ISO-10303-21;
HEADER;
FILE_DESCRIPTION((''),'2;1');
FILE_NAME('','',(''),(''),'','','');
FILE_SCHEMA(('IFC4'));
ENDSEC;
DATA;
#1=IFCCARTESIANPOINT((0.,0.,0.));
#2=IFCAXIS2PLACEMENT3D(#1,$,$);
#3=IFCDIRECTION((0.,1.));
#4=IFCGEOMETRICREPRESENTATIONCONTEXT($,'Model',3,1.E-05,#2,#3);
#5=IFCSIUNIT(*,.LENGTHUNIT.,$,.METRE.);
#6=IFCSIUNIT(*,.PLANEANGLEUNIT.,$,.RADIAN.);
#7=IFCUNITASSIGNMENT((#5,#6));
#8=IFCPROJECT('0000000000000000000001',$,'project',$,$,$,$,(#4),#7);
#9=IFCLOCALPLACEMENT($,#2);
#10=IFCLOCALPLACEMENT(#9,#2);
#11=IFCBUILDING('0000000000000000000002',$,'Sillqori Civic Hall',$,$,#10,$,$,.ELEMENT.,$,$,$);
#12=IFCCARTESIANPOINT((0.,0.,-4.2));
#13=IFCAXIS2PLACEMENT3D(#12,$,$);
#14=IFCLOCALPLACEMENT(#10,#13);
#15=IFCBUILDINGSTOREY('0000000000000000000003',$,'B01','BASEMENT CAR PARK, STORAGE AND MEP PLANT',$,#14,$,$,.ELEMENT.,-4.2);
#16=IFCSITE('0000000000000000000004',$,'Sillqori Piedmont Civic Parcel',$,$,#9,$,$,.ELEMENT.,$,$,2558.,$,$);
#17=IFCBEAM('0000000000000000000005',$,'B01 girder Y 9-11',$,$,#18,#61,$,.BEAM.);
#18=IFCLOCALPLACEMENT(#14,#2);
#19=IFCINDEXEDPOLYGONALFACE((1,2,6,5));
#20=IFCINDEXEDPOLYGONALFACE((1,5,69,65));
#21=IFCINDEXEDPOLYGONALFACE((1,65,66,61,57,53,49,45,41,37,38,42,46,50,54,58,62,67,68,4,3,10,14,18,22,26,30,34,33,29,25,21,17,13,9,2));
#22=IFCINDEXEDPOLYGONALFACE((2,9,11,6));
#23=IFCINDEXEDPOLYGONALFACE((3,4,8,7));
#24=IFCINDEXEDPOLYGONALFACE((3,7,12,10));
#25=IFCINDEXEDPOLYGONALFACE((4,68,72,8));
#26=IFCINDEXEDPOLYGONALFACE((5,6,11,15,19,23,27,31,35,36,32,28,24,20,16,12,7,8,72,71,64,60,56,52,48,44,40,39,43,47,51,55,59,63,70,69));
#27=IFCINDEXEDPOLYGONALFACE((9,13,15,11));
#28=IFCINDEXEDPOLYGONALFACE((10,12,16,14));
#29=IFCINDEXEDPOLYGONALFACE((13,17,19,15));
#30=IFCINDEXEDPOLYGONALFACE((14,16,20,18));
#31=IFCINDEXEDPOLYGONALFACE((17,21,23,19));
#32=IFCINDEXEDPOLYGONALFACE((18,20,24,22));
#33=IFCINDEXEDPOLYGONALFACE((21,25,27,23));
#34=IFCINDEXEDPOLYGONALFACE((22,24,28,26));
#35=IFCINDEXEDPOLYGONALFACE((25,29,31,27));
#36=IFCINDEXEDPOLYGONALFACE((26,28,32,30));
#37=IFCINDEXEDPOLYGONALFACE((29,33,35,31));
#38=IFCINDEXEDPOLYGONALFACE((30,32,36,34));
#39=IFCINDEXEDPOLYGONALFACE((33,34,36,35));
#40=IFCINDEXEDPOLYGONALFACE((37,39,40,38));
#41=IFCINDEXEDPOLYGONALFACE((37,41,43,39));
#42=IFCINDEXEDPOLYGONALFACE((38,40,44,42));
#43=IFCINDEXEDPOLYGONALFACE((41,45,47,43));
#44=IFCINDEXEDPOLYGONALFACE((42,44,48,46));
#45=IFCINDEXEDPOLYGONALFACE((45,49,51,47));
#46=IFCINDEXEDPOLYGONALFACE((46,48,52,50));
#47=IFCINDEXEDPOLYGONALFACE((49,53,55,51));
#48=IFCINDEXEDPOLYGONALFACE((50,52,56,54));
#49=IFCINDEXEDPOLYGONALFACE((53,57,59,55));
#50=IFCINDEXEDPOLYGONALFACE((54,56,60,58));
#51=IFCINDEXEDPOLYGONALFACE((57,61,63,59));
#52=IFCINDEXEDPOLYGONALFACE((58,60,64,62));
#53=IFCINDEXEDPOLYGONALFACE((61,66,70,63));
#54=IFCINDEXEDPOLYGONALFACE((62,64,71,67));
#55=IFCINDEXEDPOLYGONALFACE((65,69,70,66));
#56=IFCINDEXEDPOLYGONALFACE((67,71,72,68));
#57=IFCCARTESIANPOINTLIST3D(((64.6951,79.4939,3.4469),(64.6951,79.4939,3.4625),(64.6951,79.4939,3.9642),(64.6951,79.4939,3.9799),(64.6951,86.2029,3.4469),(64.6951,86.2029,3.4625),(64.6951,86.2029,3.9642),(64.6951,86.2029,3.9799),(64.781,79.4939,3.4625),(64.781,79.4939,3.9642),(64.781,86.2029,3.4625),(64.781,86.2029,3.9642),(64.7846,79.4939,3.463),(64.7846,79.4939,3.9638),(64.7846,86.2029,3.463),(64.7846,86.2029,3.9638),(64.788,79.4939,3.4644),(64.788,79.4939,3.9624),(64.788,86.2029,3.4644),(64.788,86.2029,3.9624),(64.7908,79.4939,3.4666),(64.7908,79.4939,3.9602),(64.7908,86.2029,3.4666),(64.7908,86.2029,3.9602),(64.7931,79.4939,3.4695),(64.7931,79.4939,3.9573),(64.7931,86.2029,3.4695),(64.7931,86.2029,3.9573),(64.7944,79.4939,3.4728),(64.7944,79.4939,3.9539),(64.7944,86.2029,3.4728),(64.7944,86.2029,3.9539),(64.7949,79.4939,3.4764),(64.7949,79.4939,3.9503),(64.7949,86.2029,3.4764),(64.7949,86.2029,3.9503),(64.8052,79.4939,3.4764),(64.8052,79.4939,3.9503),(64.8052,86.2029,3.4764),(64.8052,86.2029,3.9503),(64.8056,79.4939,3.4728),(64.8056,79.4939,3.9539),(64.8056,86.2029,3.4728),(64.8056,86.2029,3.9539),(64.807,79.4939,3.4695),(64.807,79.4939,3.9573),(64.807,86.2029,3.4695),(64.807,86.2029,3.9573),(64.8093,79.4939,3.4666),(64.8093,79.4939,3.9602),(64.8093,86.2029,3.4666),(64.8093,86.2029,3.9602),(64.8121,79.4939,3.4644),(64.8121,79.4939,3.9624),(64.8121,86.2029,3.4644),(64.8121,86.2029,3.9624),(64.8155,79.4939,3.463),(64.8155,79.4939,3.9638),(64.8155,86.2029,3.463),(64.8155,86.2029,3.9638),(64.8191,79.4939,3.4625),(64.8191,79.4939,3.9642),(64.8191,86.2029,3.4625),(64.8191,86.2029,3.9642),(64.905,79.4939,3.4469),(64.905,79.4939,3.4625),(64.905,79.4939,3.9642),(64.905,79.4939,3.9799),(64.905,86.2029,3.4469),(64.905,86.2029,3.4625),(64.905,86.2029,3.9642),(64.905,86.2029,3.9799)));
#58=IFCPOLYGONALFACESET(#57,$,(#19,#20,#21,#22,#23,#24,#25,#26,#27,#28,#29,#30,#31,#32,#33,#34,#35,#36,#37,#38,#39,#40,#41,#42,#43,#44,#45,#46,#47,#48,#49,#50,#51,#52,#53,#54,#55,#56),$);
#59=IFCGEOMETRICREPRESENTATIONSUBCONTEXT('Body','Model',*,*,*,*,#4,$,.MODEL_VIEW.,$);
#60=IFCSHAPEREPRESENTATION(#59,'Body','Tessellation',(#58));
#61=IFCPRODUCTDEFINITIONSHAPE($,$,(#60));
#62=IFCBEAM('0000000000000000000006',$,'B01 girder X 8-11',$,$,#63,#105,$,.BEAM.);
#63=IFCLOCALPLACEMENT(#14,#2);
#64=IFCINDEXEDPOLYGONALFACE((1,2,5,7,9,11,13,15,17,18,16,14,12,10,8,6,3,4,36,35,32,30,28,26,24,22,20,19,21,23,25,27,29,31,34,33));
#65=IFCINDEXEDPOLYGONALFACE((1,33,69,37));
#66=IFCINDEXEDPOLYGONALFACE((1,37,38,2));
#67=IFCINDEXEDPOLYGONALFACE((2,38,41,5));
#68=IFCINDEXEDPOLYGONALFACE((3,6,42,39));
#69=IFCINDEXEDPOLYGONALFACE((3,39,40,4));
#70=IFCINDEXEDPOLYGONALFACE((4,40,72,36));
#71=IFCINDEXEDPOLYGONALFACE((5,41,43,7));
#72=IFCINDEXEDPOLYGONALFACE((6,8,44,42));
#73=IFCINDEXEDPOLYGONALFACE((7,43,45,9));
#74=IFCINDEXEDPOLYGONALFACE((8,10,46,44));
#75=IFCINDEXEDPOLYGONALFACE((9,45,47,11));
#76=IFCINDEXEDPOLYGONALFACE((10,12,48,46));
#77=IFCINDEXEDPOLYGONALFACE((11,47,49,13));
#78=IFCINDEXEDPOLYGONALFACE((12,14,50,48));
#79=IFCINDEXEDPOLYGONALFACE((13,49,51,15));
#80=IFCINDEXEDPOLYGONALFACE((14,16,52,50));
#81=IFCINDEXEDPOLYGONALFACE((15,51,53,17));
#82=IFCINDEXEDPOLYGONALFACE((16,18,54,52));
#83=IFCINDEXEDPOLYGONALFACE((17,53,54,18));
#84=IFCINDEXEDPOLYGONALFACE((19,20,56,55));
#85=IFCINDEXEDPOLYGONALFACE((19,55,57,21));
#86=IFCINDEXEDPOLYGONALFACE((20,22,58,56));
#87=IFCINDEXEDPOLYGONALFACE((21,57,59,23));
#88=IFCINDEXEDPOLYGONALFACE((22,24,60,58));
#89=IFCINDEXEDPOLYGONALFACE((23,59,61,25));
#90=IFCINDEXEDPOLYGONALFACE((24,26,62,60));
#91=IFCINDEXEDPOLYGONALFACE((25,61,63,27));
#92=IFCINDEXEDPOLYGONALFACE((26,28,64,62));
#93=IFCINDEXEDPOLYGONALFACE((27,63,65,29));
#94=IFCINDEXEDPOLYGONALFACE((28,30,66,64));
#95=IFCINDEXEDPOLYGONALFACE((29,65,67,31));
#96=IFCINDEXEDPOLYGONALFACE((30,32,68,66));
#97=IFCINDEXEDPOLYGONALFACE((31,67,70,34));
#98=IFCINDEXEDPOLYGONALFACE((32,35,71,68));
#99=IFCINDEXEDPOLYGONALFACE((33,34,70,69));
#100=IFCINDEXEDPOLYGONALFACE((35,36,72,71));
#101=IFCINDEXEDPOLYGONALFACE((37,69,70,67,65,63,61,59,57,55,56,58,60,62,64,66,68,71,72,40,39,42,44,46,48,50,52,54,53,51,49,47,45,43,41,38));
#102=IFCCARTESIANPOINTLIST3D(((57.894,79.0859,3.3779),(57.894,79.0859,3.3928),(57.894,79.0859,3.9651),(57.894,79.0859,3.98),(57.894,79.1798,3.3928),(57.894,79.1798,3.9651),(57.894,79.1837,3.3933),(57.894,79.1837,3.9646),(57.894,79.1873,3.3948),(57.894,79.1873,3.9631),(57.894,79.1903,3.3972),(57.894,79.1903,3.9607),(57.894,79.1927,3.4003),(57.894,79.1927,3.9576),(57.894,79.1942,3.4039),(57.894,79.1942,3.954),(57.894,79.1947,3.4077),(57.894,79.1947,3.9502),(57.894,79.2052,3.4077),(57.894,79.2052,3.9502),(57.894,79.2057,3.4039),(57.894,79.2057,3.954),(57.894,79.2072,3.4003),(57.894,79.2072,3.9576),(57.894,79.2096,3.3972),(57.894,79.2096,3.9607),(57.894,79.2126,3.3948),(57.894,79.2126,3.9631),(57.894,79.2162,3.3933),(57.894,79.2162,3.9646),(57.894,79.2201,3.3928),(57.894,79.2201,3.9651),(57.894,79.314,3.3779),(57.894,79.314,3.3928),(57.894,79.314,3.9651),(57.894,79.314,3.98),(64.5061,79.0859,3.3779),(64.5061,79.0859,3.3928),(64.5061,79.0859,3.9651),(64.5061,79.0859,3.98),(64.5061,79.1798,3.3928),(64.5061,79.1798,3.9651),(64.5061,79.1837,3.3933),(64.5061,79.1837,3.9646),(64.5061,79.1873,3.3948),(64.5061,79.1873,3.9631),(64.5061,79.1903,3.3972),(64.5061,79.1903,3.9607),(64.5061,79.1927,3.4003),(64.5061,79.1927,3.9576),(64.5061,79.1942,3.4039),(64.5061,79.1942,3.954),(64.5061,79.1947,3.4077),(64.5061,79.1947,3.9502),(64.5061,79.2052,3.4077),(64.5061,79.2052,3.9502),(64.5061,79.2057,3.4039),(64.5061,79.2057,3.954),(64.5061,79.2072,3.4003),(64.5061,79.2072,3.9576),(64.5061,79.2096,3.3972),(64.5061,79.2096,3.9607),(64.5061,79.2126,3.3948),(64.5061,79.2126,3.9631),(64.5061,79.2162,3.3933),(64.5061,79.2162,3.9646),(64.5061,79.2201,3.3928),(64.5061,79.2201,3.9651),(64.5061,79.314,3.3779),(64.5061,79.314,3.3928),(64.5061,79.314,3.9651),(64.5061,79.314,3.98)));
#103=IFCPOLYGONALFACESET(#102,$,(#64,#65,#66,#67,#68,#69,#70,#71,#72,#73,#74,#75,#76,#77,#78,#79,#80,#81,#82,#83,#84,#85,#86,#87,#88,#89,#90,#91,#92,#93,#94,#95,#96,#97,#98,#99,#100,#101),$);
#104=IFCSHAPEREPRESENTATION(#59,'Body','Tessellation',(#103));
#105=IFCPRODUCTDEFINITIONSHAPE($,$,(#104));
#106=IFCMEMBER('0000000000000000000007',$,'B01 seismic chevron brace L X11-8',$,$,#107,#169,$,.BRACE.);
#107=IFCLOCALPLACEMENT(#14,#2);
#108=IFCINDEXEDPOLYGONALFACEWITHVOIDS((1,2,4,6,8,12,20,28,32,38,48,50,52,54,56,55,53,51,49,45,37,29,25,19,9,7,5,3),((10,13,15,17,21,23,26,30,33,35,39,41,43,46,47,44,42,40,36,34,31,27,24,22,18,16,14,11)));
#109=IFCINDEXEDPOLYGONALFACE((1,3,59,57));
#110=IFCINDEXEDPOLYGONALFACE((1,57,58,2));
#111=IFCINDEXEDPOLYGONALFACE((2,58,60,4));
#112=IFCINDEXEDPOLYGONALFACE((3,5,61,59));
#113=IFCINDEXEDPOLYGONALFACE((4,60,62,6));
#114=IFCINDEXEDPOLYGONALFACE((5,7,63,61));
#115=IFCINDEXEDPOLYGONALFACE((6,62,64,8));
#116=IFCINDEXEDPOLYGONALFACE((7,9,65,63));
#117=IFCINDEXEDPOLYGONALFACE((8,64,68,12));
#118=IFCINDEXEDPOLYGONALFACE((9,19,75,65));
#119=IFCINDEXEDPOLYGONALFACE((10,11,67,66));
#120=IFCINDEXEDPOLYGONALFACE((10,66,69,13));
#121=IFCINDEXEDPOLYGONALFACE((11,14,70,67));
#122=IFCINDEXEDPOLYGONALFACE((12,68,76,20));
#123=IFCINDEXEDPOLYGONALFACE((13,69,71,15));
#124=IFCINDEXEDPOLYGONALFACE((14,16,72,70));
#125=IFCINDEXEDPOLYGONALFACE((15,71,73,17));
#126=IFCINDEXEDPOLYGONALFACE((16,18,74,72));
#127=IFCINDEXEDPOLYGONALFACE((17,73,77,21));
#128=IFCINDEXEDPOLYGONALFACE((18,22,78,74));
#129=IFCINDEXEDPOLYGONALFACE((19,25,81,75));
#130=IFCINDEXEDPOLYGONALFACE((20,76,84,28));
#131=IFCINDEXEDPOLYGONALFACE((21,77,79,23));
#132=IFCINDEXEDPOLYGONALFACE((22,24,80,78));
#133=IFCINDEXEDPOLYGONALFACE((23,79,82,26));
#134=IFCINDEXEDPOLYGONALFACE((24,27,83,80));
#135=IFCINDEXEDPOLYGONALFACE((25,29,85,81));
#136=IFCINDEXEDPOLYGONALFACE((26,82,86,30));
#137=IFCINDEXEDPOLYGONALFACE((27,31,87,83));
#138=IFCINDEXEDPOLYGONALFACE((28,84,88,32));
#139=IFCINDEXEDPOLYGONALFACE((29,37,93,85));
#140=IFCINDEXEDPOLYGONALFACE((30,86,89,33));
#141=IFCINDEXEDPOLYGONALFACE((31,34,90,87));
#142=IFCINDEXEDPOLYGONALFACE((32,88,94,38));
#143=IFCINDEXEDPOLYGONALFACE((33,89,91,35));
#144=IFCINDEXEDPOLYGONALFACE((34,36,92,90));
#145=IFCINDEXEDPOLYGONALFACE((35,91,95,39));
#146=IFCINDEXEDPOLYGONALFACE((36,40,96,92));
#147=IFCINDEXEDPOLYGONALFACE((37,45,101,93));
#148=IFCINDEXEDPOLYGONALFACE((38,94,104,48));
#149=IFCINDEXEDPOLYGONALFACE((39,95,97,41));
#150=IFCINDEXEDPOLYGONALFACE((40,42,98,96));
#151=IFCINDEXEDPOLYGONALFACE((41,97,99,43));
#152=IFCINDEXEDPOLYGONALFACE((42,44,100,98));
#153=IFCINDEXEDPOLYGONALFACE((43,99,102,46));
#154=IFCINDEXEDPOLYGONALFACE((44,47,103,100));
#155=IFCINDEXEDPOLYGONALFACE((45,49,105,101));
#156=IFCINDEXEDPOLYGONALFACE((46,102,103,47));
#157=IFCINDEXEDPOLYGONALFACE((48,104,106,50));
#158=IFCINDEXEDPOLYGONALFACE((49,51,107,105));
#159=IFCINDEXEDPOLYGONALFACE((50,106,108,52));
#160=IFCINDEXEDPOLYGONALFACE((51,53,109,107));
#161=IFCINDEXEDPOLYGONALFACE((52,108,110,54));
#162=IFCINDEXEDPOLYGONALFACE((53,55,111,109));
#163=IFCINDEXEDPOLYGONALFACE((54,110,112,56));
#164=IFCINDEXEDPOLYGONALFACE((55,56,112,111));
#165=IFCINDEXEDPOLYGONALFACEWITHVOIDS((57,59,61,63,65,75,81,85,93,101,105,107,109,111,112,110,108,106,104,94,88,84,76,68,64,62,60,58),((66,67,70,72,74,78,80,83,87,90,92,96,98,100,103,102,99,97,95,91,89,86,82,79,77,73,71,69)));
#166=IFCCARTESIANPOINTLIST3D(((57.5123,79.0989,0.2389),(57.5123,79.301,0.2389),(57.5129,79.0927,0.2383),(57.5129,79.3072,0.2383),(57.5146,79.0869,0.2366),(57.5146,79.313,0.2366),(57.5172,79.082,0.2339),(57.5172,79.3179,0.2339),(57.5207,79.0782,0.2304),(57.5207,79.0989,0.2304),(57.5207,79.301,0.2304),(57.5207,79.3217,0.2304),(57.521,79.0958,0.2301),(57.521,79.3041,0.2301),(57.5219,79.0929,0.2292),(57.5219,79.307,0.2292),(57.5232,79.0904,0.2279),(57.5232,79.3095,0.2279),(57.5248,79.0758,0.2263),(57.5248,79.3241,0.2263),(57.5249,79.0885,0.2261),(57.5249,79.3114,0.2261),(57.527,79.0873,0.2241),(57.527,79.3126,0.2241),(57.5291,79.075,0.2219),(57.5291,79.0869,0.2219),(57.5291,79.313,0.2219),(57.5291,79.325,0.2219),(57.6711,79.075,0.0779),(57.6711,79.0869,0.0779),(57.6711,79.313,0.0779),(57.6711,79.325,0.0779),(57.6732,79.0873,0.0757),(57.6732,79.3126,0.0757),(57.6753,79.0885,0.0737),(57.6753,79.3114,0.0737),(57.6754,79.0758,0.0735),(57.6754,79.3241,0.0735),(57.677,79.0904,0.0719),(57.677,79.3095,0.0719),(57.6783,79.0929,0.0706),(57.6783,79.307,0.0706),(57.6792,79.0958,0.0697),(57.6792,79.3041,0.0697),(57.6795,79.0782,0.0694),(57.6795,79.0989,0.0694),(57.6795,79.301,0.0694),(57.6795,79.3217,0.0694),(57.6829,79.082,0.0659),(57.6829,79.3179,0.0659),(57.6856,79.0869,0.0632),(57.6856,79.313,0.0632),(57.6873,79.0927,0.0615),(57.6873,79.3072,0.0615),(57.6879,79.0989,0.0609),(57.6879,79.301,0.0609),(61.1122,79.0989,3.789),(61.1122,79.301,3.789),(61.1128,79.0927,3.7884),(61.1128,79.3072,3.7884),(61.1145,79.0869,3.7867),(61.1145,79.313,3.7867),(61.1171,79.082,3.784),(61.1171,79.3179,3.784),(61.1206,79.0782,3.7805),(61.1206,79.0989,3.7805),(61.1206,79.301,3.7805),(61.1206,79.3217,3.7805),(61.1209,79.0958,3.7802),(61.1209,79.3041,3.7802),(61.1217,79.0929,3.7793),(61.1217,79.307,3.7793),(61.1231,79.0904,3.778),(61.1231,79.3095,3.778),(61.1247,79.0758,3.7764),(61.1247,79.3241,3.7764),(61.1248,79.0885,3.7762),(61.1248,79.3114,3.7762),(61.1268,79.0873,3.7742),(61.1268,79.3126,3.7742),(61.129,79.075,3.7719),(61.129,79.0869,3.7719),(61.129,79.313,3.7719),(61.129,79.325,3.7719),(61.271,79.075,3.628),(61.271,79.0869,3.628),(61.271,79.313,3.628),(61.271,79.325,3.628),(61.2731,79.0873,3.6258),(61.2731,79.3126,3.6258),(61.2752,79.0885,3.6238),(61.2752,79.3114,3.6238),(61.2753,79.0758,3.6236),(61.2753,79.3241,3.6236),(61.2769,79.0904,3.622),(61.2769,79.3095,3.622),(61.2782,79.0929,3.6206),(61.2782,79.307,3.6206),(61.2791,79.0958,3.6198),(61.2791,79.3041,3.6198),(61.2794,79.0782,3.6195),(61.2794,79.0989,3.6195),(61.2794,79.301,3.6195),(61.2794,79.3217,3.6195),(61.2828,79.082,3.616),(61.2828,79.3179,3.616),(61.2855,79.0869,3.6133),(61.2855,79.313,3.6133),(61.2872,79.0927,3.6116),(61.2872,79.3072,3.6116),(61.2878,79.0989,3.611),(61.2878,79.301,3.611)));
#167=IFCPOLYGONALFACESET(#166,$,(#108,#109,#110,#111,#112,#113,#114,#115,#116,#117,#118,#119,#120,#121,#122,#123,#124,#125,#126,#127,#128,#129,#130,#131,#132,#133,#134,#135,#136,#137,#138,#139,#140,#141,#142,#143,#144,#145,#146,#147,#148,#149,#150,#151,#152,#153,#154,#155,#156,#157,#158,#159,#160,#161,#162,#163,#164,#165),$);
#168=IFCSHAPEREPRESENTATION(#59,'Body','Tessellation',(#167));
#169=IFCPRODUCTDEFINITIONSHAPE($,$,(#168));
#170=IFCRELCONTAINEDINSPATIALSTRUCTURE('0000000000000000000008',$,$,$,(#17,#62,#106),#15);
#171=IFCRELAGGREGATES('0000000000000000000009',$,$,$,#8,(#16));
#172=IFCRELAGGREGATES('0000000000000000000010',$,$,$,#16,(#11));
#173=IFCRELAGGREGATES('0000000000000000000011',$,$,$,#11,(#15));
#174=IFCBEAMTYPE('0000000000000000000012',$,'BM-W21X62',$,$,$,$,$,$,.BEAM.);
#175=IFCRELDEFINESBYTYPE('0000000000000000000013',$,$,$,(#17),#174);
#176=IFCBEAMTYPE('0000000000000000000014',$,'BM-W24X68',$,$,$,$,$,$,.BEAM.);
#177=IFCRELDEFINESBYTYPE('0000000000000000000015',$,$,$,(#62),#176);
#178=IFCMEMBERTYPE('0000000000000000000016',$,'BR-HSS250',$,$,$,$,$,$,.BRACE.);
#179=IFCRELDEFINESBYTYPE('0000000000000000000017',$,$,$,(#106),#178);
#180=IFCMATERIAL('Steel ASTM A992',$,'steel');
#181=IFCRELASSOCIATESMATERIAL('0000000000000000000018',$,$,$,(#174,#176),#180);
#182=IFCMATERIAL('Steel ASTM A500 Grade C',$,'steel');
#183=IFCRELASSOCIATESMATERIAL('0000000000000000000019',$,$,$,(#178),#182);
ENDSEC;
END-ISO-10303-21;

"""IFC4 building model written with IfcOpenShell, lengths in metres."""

from ifc_helpers import new_model, si_unit, direction, frame, origin, origin_2d, place, context, subcontext, project, spatial, hollow_rectangle, i_section, extrude, material, material_profile, profile_set, type_object, element, save


model = new_model("IFC4")

# Units and contexts
model_context = context("Model", 3, precision=1e-05, world=origin(), true_north=direction((0.0, 1.0)))
body_context = subcontext(model_context, "Body", "Model", "MODEL_VIEW")
ifc_project = project(units=[si_unit("LENGTHUNIT", "METRE"), si_unit("PLANEANGLEUNIT", "RADIAN")], contexts=[model_context])

# Site, building, storey
site_placement = place(None, origin())
site = spatial("IfcSite", under=ifc_project, at=site_placement, Name="Sillqori Piedmont Civic Parcel", CompositionType="ELEMENT", RefElevation=2558.0)
building_placement = place(site_placement, origin())
building = spatial("IfcBuilding", under=site, at=building_placement, Name="Sillqori Civic Hall", CompositionType="ELEMENT")
storey_placement = place(building_placement, frame((0.0, 0.0, -4.2)))
storey = spatial("IfcBuildingStorey", under=building, at=storey_placement, Name="B01", Description="BASEMENT CAR PARK, STORAGE AND MEP PLANT", CompositionType="ELEMENT", Elevation=-4.2)

# Beams
ifc_material_1 = material(Name="Steel ASTM A992", Category="steel")
ifc_material_profile_1 = material_profile(ifc_material_1, i_section(OverallWidth=0.21, OverallDepth=0.533, WebThickness=0.0103, FlangeThickness=0.0156, FilletRadius=0.0139, at=origin_2d()), Name="W21X62")
ifc_profile_set_1 = profile_set([ifc_material_profile_1], Name="Steel ASTM A992")
beam_type_1 = type_object("IfcBeamType", Name="BM-W21X62", PredefinedType="BEAM", material=ifc_profile_set_1)
for number, where, z_axis, x_axis, name in (
    (1, (64.8, 79.4939, 3.7134), (0.0, 1.0, 0.0), (-1.0, 0.0, 0.0), "B01 girder Y 9-11"),
):
    element("IfcBeam", number, at=place(storey_placement, frame(where, z_axis=z_axis, x_axis=x_axis)), inside=storey, type_object=beam_type_1, Name=name, PredefinedType="BEAM", context=body_context, shape_type="SweptSolid", body=[
        extrude(i_section(OverallWidth=0.21, OverallDepth=0.533, WebThickness=0.0103, FlangeThickness=0.0156, FilletRadius=0.0139, at=origin_2d()), origin(), (0.0, 0.0, 1.0), 6.709),
    ])
ifc_material_profile_2 = material_profile(ifc_material_1, i_section(OverallWidth=0.228, OverallDepth=0.6021, WebThickness=0.0105, FlangeThickness=0.0149, FilletRadius=0.0149, at=origin_2d()), Name="W24X68")
ifc_profile_set_2 = profile_set([ifc_material_profile_2], Name="Steel ASTM A992")
beam_type_2 = type_object("IfcBeamType", Name="BM-W24X68", PredefinedType="BEAM", material=ifc_profile_set_2)
beam_placement = place(storey_placement, frame((57.894, 79.2, 3.679), z_axis=(1.0, 0.0, 0.0), x_axis=(0.0, 1.0, 0.0)))
element("IfcBeam", 2, at=beam_placement, inside=storey, type_object=beam_type_2, Name="B01 girder X 8-11", PredefinedType="BEAM", context=body_context, shape_type="SweptSolid", body=[
    extrude(i_section(OverallWidth=0.228, OverallDepth=0.6021, WebThickness=0.0105, FlangeThickness=0.0149, FilletRadius=0.0149, at=origin_2d()), origin(), (0.0, 0.0, 1.0), 6.6121),
])

# Member
ifc_material_2 = material(Name="Steel ASTM A500 Grade C", Category="steel")
ifc_material_profile_3 = material_profile(ifc_material_2, hollow_rectangle(XDim=0.25, YDim=0.25, WallThickness=0.012, InnerFilletRadius=0.012, OuterFilletRadius=0.0239, at=origin_2d()), Name="HSS250X250X12")
ifc_profile_set_3 = profile_set([ifc_material_profile_3], Name="Steel ASTM A500 Grade C")
member_type = type_object("IfcMemberType", Name="BR-HSS250", PredefinedType="BRACE", material=ifc_profile_set_3)
member_1_placement = place(storey_placement, frame((57.6001, 79.2, 0.1499), z_axis=(0.712015, 0.0, 0.702164), x_axis=(0.0, 1.0, 0.0)))
element("IfcMember", 3, at=member_1_placement, inside=storey, type_object=member_type, Name="B01 seismic chevron brace L X11-8", PredefinedType="BRACE", context=body_context, shape_type="SweptSolid", body=[
    extrude(hollow_rectangle(XDim=0.25, YDim=0.25, WallThickness=0.012, InnerFilletRadius=0.012, OuterFilletRadius=0.0239, at=origin_2d()), origin(), (0.0, 0.0, 1.0), 5.0559),
])

save(model, "model.ifc")
